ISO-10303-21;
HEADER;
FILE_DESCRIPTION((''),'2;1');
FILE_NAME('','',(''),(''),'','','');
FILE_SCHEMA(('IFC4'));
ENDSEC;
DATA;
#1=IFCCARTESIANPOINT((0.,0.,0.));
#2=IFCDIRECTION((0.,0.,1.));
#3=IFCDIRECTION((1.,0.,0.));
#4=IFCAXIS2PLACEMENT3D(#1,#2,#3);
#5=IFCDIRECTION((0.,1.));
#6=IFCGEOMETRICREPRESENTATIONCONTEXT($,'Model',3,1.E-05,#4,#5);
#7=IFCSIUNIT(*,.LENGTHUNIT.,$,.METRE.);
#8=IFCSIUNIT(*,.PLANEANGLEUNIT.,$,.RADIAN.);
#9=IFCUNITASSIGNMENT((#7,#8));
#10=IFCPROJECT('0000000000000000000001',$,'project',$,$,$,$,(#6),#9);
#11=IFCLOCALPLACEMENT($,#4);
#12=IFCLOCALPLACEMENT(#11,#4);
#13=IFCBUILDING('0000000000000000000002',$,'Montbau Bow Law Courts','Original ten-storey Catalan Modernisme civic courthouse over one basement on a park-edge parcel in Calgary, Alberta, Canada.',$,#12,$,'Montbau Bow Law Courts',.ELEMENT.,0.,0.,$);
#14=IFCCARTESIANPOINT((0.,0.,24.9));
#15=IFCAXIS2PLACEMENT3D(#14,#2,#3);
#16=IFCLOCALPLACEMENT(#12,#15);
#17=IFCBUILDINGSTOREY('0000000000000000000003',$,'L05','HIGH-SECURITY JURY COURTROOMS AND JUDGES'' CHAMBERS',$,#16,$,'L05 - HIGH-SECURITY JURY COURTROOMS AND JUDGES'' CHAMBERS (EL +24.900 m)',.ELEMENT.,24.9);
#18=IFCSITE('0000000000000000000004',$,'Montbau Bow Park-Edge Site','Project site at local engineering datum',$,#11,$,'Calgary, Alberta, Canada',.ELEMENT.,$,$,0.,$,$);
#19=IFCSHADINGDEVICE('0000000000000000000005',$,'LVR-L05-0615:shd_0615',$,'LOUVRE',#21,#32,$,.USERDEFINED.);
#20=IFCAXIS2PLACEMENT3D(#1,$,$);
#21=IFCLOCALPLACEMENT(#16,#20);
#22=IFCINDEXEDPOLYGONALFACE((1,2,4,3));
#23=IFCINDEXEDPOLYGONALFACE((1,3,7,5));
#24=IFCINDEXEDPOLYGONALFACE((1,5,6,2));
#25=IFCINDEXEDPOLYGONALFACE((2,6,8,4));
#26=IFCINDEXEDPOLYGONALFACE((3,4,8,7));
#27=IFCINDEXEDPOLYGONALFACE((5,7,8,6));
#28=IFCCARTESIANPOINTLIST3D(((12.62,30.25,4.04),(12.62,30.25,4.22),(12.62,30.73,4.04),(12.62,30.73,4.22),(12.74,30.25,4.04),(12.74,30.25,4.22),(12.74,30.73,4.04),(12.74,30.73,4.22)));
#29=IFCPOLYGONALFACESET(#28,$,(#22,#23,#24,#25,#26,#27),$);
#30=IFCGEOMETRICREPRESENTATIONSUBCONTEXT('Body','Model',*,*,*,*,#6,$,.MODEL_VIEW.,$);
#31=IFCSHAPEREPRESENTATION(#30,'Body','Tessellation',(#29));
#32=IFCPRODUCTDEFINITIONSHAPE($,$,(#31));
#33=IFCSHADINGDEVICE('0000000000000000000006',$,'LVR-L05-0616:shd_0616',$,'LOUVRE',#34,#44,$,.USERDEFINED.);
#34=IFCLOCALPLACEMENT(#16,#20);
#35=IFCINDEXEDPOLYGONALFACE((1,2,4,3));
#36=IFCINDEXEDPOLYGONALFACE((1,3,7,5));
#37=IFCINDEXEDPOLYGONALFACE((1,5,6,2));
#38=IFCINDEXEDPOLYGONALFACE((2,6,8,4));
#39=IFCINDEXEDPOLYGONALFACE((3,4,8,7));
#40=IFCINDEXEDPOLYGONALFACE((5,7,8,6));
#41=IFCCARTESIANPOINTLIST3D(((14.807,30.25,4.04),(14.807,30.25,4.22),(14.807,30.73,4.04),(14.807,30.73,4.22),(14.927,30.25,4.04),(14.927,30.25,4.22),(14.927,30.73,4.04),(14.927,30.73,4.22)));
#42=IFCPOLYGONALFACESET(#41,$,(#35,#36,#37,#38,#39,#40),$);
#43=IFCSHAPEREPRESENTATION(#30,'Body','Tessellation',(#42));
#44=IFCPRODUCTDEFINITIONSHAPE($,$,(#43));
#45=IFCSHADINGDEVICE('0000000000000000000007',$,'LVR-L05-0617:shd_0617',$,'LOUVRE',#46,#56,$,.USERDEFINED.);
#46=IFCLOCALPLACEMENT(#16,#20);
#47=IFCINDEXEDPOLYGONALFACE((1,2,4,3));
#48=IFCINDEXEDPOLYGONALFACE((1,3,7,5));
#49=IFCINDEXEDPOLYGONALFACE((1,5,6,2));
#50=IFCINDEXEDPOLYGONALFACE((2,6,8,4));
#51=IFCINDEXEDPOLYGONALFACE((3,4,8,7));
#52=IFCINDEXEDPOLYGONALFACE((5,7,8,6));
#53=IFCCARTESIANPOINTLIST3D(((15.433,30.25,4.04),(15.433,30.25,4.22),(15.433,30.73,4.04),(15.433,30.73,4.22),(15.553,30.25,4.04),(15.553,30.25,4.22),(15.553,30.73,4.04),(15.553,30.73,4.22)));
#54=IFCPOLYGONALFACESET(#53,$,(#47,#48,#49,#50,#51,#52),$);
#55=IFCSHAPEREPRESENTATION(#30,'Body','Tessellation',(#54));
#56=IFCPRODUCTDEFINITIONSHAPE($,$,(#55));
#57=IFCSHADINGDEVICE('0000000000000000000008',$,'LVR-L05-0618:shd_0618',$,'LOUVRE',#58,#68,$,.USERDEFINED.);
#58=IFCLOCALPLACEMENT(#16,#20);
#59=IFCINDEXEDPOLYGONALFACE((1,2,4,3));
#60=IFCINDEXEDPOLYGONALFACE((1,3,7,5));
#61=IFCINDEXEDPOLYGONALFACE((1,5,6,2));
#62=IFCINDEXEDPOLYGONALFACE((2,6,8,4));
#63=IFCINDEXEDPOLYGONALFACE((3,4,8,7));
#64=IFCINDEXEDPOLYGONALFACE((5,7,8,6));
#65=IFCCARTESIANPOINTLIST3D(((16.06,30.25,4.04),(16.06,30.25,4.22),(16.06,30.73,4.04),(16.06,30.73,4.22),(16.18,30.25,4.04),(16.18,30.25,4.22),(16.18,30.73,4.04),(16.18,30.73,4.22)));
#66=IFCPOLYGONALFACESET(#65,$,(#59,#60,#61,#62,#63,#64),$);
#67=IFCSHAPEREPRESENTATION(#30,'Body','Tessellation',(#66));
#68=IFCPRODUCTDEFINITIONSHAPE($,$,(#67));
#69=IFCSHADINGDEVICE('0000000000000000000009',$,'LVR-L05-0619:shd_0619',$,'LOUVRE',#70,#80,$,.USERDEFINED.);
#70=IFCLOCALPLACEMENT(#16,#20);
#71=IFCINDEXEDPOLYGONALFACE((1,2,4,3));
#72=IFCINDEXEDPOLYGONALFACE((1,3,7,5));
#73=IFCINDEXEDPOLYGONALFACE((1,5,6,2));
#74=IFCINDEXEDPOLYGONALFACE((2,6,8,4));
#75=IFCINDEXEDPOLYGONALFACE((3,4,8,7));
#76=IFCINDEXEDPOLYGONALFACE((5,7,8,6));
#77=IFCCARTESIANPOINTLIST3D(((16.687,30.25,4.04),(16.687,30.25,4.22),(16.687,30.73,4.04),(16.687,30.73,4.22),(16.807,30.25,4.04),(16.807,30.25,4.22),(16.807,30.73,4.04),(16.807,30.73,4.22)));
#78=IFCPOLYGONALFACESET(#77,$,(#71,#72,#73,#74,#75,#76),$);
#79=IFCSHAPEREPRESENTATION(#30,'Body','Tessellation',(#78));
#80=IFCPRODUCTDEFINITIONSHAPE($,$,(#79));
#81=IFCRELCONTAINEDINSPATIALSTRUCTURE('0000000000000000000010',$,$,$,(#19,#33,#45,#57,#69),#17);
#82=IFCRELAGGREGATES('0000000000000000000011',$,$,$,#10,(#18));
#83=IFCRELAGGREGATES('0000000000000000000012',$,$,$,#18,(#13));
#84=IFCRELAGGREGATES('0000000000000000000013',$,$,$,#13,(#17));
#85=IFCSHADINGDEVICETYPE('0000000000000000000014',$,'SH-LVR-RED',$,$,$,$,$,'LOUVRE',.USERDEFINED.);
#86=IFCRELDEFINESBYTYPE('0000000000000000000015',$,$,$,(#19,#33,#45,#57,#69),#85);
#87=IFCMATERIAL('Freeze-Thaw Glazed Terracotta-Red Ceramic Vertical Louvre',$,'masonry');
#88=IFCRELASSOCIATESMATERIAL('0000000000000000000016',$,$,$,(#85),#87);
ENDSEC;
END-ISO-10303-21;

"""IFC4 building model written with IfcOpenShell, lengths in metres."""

from ifc_helpers import new_model, si_unit, direction, frame, origin_with_axes, origin_2d_with_axis, place, context, subcontext, project, spatial, rectangle, extrude, material, type_object, element, save


model = new_model("IFC4")

# Units and contexts
model_context = context("Model", 3, precision=1e-05, world=origin_with_axes(), true_north=direction((0.0, 1.0)))
body_context = subcontext(model_context, "Body", "Model", "MODEL_VIEW")
ifc_project = project(units=[si_unit("LENGTHUNIT", "METRE"), si_unit("PLANEANGLEUNIT", "RADIAN")], contexts=[model_context])

# Site, building, storey
site_placement = place(None, origin_with_axes())
site = spatial("IfcSite", under=ifc_project, at=site_placement, Name="Montbau Bow Park-Edge Site", Description="Project site at local engineering datum", LongName="Calgary, Alberta, Canada", CompositionType="ELEMENT", RefElevation=0.0)
building_placement = place(site_placement, origin_with_axes())
building = spatial("IfcBuilding", under=site, at=building_placement, Name="Montbau Bow Law Courts", Description="Original ten-storey Catalan Modernisme civic courthouse over one basement on a park-edge parcel in Calgary, Alberta, Canada.", LongName="Montbau Bow Law Courts", CompositionType="ELEMENT", ElevationOfRefHeight=0.0, ElevationOfTerrain=0.0)
storey_placement = place(building_placement, frame((0.0, 0.0, 24.9), z_axis=(0.0, 0.0, 1.0), x_axis=(1.0, 0.0, 0.0)))
storey = spatial("IfcBuildingStorey", under=building, at=storey_placement, Name="L05", Description="HIGH-SECURITY JURY COURTROOMS AND JUDGES' CHAMBERS", LongName="L05 - HIGH-SECURITY JURY COURTROOMS AND JUDGES' CHAMBERS (EL +24.900 m)", CompositionType="ELEMENT", Elevation=24.9)

# Shading devices
ifc_material_1 = material(Name="Freeze-Thaw Glazed Terracotta-Red Ceramic Vertical Louvre", Category="masonry")
shading_device_type = type_object("IfcShadingDeviceType", Name="SH-LVR-RED", ElementType="LOUVRE", PredefinedType="USERDEFINED", material=ifc_material_1)
for number, where, z_axis, x_axis, name in (
    (1, (12.68, 30.49, 28.94), (0.0, 0.0, 1.0), (0.0, -1.0, 0.0), "LVR-L05-0615:shd_0615"),
    (2, (14.867, 30.49, 28.94), (0.0, 0.0, 1.0), (0.0, -1.0, 0.0), "LVR-L05-0616:shd_0616"),
    (3, (15.493, 30.49, 28.94), (0.0, 0.0, 1.0), (0.0, -1.0, 0.0), "LVR-L05-0617:shd_0617"),
    (4, (16.12, 30.49, 28.94), (0.0, 0.0, 1.0), (0.0, -1.0, 0.0), "LVR-L05-0618:shd_0618"),
    (5, (16.747, 30.49, 28.94), (0.0, 0.0, 1.0), (0.0, -1.0, 0.0), "LVR-L05-0619:shd_0619"),
):
    element("IfcShadingDevice", number, at=place(None, frame(where, z_axis=z_axis, x_axis=x_axis)), inside=storey, type_object=shading_device_type, Name=name, ObjectType="LOUVRE", PredefinedType="USERDEFINED", context=body_context, shape_type="SweptSolid", body=[
        extrude(rectangle(XDim=0.48, YDim=0.12, at=origin_2d_with_axis()), origin_with_axes(), (0.0, 0.0, 1.0), 0.18),
    ])

save(model, "model.ifc")
